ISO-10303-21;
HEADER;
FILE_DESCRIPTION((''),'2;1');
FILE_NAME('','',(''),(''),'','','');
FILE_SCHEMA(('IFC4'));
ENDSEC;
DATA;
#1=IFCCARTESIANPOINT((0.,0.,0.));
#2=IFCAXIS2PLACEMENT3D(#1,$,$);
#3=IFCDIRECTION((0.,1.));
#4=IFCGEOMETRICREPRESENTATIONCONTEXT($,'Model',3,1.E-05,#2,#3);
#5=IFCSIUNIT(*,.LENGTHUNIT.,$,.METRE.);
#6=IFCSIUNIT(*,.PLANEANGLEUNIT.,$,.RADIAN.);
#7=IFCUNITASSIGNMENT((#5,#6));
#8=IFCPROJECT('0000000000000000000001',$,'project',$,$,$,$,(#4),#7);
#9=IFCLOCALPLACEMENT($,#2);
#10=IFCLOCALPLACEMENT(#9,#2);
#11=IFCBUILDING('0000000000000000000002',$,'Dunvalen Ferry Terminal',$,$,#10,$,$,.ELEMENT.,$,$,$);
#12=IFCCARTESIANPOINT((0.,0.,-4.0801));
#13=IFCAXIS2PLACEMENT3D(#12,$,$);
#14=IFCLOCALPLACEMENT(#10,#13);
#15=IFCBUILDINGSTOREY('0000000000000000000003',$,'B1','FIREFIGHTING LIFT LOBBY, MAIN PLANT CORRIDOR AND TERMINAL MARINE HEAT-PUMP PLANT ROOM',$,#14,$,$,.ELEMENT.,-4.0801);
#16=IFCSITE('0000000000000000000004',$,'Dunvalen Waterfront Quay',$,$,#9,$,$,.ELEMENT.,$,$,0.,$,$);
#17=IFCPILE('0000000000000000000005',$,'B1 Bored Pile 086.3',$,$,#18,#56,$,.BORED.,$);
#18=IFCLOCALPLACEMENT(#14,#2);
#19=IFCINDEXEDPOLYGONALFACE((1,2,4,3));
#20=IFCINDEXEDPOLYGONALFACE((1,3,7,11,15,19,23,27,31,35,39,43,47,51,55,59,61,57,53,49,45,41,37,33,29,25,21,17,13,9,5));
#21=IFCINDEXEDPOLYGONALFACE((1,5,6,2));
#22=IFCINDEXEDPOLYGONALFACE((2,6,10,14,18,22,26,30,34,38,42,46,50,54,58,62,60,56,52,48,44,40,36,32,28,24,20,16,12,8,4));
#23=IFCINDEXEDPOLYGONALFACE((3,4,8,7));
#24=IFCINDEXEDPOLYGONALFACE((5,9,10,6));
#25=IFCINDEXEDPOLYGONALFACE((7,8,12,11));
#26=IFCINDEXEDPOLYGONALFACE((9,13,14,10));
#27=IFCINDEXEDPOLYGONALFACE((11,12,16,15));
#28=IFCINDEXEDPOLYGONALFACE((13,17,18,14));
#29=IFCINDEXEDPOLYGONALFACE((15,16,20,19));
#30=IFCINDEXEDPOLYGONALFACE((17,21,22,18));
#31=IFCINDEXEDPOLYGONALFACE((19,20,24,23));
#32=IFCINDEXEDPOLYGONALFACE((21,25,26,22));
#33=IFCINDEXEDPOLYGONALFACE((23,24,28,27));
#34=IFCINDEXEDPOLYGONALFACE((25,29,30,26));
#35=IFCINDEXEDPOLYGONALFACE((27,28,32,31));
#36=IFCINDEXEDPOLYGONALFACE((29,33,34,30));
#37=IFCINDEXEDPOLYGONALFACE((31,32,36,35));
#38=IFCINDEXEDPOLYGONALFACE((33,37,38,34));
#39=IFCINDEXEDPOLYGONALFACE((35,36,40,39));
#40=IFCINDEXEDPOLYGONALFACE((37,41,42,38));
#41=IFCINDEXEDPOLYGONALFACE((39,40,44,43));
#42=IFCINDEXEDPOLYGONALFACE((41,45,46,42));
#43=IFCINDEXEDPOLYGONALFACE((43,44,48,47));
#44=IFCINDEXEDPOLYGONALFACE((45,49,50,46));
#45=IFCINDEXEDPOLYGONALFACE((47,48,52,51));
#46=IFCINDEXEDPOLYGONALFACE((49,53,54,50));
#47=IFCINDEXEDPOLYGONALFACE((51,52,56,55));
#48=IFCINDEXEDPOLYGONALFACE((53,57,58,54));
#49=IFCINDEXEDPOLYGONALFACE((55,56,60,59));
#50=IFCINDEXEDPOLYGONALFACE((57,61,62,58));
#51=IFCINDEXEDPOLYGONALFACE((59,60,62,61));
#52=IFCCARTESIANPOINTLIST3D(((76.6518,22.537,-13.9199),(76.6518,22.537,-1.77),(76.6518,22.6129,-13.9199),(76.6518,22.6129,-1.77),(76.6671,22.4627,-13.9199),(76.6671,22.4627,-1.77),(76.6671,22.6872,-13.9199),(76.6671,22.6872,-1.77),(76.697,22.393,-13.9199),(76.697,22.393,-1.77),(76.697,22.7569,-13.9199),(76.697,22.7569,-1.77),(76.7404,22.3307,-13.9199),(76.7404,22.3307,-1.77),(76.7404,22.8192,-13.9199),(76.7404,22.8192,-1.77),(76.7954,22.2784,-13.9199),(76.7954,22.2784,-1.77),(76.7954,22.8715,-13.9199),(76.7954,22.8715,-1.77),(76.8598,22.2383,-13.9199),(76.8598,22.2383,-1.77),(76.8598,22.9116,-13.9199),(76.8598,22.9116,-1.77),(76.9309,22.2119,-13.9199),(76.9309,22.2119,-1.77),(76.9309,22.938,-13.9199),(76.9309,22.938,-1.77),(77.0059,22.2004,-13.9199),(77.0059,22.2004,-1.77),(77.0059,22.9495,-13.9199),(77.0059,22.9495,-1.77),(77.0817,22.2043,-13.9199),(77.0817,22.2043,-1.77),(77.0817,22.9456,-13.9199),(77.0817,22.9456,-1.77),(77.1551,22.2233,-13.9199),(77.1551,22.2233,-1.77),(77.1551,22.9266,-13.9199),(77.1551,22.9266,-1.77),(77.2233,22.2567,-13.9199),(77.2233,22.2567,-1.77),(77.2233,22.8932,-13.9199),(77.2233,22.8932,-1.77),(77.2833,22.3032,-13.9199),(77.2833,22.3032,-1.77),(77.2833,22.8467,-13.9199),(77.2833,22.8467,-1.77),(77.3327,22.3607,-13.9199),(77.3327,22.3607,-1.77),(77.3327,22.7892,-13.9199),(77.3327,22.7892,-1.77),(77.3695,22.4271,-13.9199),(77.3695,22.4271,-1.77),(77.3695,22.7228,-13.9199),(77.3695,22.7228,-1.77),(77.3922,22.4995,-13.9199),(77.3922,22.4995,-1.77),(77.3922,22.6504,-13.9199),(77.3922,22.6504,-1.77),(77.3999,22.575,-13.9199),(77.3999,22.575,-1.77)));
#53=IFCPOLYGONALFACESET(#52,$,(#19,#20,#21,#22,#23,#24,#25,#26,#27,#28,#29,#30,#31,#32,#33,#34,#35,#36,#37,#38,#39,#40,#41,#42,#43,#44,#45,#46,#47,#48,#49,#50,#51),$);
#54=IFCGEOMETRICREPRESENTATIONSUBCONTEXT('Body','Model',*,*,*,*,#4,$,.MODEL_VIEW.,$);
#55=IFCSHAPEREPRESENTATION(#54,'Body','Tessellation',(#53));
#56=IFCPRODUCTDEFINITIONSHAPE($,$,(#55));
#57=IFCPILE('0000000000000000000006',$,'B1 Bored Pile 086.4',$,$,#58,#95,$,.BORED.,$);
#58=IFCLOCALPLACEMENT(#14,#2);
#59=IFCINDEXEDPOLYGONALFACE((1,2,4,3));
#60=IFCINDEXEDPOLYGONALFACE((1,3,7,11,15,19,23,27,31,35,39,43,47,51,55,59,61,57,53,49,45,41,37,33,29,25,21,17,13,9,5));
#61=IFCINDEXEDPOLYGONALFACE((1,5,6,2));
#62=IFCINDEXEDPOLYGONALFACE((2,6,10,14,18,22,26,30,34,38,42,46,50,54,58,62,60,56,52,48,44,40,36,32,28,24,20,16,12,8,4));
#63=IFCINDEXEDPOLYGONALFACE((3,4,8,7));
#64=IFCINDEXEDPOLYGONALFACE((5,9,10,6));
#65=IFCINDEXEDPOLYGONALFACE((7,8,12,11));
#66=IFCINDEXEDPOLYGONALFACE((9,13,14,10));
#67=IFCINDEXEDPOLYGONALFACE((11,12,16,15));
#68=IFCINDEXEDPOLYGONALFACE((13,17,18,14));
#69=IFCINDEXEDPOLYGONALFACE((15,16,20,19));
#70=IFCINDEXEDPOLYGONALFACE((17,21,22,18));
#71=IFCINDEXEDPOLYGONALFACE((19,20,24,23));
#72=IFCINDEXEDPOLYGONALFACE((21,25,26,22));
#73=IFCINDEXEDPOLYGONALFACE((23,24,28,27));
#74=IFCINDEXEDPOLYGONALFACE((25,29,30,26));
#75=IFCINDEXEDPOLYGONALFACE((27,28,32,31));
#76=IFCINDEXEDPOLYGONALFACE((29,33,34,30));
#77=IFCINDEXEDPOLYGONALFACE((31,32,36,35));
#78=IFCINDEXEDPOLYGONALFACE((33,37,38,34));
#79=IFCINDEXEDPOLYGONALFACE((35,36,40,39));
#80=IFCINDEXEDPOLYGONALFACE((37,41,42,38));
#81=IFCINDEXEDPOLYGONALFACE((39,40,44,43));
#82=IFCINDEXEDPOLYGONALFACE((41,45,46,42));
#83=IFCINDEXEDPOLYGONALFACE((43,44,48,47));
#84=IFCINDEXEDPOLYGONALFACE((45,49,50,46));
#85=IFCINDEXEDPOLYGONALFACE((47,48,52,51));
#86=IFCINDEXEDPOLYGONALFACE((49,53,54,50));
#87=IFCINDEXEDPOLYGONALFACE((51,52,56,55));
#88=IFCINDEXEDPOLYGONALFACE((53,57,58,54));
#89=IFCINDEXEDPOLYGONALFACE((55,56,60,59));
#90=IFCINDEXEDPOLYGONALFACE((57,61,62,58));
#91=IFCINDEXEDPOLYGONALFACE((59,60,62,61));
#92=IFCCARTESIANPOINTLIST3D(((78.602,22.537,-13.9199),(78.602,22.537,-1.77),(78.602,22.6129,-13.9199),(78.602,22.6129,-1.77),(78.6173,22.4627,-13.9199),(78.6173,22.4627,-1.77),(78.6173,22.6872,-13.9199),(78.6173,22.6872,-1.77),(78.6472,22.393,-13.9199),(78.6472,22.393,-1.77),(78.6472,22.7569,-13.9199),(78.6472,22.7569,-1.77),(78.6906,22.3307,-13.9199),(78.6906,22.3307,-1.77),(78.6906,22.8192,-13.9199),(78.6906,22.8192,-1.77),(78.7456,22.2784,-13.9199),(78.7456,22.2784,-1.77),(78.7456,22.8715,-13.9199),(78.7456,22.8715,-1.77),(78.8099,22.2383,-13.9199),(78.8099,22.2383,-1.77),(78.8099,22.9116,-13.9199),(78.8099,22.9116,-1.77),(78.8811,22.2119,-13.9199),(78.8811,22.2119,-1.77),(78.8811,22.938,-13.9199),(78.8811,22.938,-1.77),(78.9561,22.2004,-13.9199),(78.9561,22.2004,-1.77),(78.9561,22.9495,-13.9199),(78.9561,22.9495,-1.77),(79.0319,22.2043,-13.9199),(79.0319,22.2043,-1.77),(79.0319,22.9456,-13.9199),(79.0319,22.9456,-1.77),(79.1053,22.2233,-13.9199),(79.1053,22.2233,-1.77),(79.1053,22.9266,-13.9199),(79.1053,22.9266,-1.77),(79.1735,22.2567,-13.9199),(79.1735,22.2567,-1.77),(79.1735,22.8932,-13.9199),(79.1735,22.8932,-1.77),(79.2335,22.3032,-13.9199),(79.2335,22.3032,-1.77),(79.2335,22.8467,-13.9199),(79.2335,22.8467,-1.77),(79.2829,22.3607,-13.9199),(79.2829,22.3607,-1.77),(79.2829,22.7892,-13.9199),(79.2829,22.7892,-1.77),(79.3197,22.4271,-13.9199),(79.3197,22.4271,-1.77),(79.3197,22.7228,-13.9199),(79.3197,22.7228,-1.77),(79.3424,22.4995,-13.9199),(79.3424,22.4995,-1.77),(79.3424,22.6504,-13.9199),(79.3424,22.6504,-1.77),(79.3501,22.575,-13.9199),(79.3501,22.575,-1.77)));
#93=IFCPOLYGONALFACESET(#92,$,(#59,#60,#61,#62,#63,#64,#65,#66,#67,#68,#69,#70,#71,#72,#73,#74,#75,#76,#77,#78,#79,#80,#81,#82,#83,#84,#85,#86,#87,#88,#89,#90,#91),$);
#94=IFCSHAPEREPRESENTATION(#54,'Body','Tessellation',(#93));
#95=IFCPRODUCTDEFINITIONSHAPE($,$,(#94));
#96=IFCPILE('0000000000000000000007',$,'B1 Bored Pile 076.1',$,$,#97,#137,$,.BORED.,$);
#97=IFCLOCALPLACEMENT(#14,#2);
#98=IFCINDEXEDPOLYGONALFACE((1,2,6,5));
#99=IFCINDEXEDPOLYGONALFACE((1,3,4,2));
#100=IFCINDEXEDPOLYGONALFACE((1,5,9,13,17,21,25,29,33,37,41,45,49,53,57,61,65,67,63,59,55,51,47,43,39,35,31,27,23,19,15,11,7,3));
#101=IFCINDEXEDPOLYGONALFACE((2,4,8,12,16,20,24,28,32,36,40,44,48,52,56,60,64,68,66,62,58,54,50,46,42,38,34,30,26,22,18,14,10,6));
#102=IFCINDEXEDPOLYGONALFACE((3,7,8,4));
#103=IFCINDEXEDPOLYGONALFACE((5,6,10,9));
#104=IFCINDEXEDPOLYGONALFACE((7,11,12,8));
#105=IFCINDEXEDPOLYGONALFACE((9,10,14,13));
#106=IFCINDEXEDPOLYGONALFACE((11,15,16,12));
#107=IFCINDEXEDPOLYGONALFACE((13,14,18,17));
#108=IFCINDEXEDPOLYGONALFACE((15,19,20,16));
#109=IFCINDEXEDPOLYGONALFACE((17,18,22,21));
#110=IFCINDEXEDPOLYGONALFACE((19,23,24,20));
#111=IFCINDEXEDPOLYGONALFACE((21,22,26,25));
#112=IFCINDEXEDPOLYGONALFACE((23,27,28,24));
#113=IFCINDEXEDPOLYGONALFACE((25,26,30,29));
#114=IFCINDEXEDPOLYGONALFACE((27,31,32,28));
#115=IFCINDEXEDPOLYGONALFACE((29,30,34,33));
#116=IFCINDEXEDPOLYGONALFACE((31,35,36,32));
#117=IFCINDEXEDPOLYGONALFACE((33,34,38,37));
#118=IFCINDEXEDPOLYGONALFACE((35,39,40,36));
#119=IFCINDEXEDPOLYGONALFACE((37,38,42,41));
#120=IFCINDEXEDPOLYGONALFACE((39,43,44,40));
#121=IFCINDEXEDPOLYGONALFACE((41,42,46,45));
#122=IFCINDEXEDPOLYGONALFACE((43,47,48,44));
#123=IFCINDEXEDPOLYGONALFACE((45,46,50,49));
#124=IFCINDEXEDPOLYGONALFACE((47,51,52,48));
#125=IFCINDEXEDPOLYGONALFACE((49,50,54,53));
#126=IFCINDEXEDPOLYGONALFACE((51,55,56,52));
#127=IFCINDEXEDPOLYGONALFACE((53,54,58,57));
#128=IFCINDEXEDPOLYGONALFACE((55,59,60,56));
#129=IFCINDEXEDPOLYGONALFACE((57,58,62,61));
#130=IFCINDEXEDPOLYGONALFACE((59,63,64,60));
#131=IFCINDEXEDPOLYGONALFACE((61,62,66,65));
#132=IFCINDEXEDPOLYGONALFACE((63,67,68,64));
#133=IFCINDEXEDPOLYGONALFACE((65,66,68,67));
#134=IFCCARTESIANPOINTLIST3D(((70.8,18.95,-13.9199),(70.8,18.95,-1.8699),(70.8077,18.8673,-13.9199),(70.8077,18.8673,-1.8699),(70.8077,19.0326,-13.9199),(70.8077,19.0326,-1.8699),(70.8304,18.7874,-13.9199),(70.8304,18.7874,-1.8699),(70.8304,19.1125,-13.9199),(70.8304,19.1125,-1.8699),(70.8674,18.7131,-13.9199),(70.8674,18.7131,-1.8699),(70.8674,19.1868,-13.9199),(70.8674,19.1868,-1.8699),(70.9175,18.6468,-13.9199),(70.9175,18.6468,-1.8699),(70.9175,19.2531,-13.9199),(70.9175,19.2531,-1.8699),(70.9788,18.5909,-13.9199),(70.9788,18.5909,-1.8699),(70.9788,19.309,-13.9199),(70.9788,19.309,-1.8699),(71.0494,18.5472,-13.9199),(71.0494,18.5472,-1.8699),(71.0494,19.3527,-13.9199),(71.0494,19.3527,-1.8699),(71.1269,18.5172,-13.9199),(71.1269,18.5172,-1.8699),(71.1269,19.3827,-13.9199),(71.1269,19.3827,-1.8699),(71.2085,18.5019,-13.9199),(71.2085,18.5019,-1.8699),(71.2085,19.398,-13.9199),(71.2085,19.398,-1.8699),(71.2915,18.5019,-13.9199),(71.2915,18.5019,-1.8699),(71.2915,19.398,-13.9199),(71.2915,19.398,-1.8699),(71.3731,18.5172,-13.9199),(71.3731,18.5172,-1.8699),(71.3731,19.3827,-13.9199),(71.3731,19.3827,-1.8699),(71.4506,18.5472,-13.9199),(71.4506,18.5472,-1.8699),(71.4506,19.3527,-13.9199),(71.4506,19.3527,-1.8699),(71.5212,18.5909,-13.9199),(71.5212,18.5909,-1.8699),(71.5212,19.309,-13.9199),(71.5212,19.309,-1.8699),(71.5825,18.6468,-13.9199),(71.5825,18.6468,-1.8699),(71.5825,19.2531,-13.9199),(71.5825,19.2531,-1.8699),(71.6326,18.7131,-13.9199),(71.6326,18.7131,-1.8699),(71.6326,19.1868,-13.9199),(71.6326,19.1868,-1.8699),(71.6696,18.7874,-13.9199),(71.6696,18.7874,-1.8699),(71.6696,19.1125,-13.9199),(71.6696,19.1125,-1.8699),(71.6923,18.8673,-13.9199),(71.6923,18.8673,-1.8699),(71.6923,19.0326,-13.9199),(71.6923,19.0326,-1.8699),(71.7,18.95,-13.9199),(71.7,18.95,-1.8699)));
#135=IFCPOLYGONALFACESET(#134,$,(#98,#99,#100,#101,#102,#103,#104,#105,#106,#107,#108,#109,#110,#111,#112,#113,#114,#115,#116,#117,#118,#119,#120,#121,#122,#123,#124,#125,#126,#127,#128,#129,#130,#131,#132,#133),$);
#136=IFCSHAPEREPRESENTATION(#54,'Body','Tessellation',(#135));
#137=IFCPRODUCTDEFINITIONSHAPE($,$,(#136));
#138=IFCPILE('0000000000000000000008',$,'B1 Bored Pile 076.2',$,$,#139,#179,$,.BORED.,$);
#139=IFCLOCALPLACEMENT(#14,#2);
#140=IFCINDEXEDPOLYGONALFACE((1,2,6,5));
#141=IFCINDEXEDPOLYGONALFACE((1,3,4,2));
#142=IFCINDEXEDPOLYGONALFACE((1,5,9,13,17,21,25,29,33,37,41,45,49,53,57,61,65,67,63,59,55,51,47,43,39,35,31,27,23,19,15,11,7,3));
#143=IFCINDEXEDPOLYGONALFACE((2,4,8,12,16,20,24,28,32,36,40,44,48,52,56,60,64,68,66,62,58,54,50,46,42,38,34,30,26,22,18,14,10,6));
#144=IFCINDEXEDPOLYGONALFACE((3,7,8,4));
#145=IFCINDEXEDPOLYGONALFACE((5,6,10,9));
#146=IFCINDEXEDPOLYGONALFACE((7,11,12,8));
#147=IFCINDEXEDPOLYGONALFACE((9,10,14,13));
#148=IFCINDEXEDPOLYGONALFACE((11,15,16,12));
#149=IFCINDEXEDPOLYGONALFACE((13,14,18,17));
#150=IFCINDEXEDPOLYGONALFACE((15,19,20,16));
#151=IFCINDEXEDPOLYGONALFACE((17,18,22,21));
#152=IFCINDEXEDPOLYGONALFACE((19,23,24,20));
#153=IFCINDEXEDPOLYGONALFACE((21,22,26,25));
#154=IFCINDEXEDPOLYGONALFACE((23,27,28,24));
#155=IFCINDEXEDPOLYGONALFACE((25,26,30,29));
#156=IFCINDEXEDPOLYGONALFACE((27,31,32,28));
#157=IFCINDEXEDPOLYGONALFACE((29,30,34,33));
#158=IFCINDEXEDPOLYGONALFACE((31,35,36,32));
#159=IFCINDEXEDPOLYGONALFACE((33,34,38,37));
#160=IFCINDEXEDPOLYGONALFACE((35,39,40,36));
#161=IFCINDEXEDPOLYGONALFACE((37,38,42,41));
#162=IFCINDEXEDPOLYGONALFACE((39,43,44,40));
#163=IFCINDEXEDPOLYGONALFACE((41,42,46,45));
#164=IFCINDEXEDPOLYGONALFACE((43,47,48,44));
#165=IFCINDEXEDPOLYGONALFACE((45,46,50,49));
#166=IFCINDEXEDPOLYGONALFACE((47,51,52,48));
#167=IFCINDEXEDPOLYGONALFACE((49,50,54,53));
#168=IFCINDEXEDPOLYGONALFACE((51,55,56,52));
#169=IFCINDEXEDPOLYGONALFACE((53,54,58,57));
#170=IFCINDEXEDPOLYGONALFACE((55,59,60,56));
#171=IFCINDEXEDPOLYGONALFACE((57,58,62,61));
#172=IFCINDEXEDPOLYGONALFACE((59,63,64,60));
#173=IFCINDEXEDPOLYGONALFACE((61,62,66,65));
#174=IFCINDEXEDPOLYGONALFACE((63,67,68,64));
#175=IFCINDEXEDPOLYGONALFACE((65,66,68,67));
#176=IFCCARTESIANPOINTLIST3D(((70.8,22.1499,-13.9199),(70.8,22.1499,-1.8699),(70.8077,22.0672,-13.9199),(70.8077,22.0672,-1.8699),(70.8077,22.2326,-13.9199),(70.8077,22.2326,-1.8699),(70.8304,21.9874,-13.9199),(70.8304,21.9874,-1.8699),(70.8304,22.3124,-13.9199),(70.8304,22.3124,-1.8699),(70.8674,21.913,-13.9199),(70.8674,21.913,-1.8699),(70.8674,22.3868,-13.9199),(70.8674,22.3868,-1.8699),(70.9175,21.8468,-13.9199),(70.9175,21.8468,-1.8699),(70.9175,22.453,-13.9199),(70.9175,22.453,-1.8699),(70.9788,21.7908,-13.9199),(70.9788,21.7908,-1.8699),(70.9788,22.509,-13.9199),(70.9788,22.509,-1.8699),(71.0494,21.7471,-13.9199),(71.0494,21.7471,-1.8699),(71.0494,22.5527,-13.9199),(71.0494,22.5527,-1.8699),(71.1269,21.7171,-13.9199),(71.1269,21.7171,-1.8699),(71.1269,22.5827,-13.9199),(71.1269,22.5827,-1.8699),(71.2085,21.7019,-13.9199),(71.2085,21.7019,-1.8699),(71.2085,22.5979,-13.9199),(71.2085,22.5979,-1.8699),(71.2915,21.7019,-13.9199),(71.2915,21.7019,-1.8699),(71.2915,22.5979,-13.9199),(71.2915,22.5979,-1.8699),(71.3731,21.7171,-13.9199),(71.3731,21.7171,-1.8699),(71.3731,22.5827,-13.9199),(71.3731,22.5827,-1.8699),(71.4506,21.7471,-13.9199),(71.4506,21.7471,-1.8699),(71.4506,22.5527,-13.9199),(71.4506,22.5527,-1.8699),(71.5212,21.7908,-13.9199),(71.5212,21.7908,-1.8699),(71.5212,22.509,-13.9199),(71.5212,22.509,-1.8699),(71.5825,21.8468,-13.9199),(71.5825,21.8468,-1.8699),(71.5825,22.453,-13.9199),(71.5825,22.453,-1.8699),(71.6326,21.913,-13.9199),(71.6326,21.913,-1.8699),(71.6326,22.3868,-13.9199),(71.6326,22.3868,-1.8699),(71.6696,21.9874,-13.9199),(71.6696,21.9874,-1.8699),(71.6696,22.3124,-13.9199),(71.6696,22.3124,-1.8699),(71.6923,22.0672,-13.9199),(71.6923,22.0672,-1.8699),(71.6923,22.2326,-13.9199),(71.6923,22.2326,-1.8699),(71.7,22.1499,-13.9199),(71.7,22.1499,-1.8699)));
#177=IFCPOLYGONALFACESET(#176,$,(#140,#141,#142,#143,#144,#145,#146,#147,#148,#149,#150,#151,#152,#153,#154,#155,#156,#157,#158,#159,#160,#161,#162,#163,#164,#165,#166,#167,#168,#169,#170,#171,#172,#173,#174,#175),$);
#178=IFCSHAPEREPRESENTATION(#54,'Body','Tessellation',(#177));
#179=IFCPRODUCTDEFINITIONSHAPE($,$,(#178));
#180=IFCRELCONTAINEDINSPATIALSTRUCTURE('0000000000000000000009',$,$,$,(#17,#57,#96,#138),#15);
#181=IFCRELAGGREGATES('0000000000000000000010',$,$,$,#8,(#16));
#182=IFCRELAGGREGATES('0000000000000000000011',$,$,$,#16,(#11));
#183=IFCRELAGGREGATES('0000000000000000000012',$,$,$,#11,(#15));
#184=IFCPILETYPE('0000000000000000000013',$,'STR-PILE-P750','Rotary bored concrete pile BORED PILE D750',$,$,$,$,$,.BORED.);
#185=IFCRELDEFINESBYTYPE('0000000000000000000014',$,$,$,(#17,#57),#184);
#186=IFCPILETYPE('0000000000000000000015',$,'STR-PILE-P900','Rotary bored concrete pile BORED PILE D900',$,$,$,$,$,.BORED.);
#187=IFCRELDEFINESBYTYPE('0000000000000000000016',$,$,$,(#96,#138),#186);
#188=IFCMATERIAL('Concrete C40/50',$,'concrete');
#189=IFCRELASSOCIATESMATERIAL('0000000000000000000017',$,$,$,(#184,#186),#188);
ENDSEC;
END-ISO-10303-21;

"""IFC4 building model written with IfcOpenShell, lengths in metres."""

from ifc_helpers import new_model, si_unit, direction, frame, origin, origin_2d, place, context, subcontext, project, spatial, circle, extrude, material, material_profile, profile_set, type_object, element, save


model = new_model("IFC4")

# Units and contexts
model_context = context("Model", 3, precision=1e-05, world=origin(), true_north=direction((0.0, 1.0)))
body_context = subcontext(model_context, "Body", "Model", "MODEL_VIEW")
ifc_project = project(units=[si_unit("LENGTHUNIT", "METRE"), si_unit("PLANEANGLEUNIT", "RADIAN")], contexts=[model_context])

# Site, building, storey
site_placement = place(None, origin())
site = spatial("IfcSite", under=ifc_project, at=site_placement, Name="Dunvalen Waterfront Quay", CompositionType="ELEMENT", RefElevation=0.0)
building_placement = place(site_placement, origin())
building = spatial("IfcBuilding", under=site, at=building_placement, Name="Dunvalen Ferry Terminal", CompositionType="ELEMENT")
storey_placement = place(building_placement, frame((0.0, 0.0, -4.0801)))
storey = spatial("IfcBuildingStorey", under=building, at=storey_placement, Name="B1", Description="FIREFIGHTING LIFT LOBBY, MAIN PLANT CORRIDOR AND TERMINAL MARINE HEAT-PUMP PLANT ROOM", CompositionType="ELEMENT", Elevation=-4.0801)

# Shared definitions
ifc_material_1 = material(Name="Concrete C40/50", Category="concrete")

# Piles
ifc_material_profile_1 = material_profile(ifc_material_1, circle(Radius=0.375, at=origin_2d()), Name="Concrete C40/50")
ifc_profile_set_1 = profile_set([ifc_material_profile_1], Name="Concrete C40/50")
pile_type_1 = type_object("IfcPileType", Name="STR-PILE-P750", Description="Rotary bored concrete pile BORED PILE D750", PredefinedType="BORED", material=ifc_profile_set_1)
for number, where, z_axis, x_axis, name in (
    (1, (77.0249, 22.575, -1.77), (0.0, 0.0, -1.0), (1.0, 0.0, 0.0), "B1 Bored Pile 086.3"),
    (2, (78.9751, 22.575, -1.77), (0.0, 0.0, -1.0), (1.0, 0.0, 0.0), "B1 Bored Pile 086.4"),
):
    element("IfcPile", number, at=place(storey_placement, frame(where, z_axis=z_axis, x_axis=x_axis)), inside=storey, type_object=pile_type_1, Name=name, PredefinedType="BORED", context=body_context, shape_type="SweptSolid", body=[
        extrude(circle(Radius=0.375, at=origin_2d()), origin(), (0.0, 0.0, 1.0), 12.1499),
    ])
ifc_material_profile_2 = material_profile(ifc_material_1, circle(Radius=0.45, at=origin_2d()), Name="Concrete C40/50")
ifc_profile_set_2 = profile_set([ifc_material_profile_2], Name="Concrete C40/50")
pile_type_2 = type_object("IfcPileType", Name="STR-PILE-P900", Description="Rotary bored concrete pile BORED PILE D900", PredefinedType="BORED", material=ifc_profile_set_2)
for number, where, z_axis, x_axis, name in (
    (3, (71.25, 18.95, -1.8699), (0.0, 0.0, -1.0), (1.0, 0.0, 0.0), "B1 Bored Pile 076.1"),
    (4, (71.25, 22.1499, -1.8699), (0.0, 0.0, -1.0), (1.0, 0.0, 0.0), "B1 Bored Pile 076.2"),
):
    element("IfcPile", number, at=place(storey_placement, frame(where, z_axis=z_axis, x_axis=x_axis)), inside=storey, type_object=pile_type_2, Name=name, PredefinedType="BORED", context=body_context, shape_type="SweptSolid", body=[
        extrude(circle(Radius=0.45, at=origin_2d()), origin(), (0.0, 0.0, 1.0), 12.05),
    ])

save(model, "model.ifc")
